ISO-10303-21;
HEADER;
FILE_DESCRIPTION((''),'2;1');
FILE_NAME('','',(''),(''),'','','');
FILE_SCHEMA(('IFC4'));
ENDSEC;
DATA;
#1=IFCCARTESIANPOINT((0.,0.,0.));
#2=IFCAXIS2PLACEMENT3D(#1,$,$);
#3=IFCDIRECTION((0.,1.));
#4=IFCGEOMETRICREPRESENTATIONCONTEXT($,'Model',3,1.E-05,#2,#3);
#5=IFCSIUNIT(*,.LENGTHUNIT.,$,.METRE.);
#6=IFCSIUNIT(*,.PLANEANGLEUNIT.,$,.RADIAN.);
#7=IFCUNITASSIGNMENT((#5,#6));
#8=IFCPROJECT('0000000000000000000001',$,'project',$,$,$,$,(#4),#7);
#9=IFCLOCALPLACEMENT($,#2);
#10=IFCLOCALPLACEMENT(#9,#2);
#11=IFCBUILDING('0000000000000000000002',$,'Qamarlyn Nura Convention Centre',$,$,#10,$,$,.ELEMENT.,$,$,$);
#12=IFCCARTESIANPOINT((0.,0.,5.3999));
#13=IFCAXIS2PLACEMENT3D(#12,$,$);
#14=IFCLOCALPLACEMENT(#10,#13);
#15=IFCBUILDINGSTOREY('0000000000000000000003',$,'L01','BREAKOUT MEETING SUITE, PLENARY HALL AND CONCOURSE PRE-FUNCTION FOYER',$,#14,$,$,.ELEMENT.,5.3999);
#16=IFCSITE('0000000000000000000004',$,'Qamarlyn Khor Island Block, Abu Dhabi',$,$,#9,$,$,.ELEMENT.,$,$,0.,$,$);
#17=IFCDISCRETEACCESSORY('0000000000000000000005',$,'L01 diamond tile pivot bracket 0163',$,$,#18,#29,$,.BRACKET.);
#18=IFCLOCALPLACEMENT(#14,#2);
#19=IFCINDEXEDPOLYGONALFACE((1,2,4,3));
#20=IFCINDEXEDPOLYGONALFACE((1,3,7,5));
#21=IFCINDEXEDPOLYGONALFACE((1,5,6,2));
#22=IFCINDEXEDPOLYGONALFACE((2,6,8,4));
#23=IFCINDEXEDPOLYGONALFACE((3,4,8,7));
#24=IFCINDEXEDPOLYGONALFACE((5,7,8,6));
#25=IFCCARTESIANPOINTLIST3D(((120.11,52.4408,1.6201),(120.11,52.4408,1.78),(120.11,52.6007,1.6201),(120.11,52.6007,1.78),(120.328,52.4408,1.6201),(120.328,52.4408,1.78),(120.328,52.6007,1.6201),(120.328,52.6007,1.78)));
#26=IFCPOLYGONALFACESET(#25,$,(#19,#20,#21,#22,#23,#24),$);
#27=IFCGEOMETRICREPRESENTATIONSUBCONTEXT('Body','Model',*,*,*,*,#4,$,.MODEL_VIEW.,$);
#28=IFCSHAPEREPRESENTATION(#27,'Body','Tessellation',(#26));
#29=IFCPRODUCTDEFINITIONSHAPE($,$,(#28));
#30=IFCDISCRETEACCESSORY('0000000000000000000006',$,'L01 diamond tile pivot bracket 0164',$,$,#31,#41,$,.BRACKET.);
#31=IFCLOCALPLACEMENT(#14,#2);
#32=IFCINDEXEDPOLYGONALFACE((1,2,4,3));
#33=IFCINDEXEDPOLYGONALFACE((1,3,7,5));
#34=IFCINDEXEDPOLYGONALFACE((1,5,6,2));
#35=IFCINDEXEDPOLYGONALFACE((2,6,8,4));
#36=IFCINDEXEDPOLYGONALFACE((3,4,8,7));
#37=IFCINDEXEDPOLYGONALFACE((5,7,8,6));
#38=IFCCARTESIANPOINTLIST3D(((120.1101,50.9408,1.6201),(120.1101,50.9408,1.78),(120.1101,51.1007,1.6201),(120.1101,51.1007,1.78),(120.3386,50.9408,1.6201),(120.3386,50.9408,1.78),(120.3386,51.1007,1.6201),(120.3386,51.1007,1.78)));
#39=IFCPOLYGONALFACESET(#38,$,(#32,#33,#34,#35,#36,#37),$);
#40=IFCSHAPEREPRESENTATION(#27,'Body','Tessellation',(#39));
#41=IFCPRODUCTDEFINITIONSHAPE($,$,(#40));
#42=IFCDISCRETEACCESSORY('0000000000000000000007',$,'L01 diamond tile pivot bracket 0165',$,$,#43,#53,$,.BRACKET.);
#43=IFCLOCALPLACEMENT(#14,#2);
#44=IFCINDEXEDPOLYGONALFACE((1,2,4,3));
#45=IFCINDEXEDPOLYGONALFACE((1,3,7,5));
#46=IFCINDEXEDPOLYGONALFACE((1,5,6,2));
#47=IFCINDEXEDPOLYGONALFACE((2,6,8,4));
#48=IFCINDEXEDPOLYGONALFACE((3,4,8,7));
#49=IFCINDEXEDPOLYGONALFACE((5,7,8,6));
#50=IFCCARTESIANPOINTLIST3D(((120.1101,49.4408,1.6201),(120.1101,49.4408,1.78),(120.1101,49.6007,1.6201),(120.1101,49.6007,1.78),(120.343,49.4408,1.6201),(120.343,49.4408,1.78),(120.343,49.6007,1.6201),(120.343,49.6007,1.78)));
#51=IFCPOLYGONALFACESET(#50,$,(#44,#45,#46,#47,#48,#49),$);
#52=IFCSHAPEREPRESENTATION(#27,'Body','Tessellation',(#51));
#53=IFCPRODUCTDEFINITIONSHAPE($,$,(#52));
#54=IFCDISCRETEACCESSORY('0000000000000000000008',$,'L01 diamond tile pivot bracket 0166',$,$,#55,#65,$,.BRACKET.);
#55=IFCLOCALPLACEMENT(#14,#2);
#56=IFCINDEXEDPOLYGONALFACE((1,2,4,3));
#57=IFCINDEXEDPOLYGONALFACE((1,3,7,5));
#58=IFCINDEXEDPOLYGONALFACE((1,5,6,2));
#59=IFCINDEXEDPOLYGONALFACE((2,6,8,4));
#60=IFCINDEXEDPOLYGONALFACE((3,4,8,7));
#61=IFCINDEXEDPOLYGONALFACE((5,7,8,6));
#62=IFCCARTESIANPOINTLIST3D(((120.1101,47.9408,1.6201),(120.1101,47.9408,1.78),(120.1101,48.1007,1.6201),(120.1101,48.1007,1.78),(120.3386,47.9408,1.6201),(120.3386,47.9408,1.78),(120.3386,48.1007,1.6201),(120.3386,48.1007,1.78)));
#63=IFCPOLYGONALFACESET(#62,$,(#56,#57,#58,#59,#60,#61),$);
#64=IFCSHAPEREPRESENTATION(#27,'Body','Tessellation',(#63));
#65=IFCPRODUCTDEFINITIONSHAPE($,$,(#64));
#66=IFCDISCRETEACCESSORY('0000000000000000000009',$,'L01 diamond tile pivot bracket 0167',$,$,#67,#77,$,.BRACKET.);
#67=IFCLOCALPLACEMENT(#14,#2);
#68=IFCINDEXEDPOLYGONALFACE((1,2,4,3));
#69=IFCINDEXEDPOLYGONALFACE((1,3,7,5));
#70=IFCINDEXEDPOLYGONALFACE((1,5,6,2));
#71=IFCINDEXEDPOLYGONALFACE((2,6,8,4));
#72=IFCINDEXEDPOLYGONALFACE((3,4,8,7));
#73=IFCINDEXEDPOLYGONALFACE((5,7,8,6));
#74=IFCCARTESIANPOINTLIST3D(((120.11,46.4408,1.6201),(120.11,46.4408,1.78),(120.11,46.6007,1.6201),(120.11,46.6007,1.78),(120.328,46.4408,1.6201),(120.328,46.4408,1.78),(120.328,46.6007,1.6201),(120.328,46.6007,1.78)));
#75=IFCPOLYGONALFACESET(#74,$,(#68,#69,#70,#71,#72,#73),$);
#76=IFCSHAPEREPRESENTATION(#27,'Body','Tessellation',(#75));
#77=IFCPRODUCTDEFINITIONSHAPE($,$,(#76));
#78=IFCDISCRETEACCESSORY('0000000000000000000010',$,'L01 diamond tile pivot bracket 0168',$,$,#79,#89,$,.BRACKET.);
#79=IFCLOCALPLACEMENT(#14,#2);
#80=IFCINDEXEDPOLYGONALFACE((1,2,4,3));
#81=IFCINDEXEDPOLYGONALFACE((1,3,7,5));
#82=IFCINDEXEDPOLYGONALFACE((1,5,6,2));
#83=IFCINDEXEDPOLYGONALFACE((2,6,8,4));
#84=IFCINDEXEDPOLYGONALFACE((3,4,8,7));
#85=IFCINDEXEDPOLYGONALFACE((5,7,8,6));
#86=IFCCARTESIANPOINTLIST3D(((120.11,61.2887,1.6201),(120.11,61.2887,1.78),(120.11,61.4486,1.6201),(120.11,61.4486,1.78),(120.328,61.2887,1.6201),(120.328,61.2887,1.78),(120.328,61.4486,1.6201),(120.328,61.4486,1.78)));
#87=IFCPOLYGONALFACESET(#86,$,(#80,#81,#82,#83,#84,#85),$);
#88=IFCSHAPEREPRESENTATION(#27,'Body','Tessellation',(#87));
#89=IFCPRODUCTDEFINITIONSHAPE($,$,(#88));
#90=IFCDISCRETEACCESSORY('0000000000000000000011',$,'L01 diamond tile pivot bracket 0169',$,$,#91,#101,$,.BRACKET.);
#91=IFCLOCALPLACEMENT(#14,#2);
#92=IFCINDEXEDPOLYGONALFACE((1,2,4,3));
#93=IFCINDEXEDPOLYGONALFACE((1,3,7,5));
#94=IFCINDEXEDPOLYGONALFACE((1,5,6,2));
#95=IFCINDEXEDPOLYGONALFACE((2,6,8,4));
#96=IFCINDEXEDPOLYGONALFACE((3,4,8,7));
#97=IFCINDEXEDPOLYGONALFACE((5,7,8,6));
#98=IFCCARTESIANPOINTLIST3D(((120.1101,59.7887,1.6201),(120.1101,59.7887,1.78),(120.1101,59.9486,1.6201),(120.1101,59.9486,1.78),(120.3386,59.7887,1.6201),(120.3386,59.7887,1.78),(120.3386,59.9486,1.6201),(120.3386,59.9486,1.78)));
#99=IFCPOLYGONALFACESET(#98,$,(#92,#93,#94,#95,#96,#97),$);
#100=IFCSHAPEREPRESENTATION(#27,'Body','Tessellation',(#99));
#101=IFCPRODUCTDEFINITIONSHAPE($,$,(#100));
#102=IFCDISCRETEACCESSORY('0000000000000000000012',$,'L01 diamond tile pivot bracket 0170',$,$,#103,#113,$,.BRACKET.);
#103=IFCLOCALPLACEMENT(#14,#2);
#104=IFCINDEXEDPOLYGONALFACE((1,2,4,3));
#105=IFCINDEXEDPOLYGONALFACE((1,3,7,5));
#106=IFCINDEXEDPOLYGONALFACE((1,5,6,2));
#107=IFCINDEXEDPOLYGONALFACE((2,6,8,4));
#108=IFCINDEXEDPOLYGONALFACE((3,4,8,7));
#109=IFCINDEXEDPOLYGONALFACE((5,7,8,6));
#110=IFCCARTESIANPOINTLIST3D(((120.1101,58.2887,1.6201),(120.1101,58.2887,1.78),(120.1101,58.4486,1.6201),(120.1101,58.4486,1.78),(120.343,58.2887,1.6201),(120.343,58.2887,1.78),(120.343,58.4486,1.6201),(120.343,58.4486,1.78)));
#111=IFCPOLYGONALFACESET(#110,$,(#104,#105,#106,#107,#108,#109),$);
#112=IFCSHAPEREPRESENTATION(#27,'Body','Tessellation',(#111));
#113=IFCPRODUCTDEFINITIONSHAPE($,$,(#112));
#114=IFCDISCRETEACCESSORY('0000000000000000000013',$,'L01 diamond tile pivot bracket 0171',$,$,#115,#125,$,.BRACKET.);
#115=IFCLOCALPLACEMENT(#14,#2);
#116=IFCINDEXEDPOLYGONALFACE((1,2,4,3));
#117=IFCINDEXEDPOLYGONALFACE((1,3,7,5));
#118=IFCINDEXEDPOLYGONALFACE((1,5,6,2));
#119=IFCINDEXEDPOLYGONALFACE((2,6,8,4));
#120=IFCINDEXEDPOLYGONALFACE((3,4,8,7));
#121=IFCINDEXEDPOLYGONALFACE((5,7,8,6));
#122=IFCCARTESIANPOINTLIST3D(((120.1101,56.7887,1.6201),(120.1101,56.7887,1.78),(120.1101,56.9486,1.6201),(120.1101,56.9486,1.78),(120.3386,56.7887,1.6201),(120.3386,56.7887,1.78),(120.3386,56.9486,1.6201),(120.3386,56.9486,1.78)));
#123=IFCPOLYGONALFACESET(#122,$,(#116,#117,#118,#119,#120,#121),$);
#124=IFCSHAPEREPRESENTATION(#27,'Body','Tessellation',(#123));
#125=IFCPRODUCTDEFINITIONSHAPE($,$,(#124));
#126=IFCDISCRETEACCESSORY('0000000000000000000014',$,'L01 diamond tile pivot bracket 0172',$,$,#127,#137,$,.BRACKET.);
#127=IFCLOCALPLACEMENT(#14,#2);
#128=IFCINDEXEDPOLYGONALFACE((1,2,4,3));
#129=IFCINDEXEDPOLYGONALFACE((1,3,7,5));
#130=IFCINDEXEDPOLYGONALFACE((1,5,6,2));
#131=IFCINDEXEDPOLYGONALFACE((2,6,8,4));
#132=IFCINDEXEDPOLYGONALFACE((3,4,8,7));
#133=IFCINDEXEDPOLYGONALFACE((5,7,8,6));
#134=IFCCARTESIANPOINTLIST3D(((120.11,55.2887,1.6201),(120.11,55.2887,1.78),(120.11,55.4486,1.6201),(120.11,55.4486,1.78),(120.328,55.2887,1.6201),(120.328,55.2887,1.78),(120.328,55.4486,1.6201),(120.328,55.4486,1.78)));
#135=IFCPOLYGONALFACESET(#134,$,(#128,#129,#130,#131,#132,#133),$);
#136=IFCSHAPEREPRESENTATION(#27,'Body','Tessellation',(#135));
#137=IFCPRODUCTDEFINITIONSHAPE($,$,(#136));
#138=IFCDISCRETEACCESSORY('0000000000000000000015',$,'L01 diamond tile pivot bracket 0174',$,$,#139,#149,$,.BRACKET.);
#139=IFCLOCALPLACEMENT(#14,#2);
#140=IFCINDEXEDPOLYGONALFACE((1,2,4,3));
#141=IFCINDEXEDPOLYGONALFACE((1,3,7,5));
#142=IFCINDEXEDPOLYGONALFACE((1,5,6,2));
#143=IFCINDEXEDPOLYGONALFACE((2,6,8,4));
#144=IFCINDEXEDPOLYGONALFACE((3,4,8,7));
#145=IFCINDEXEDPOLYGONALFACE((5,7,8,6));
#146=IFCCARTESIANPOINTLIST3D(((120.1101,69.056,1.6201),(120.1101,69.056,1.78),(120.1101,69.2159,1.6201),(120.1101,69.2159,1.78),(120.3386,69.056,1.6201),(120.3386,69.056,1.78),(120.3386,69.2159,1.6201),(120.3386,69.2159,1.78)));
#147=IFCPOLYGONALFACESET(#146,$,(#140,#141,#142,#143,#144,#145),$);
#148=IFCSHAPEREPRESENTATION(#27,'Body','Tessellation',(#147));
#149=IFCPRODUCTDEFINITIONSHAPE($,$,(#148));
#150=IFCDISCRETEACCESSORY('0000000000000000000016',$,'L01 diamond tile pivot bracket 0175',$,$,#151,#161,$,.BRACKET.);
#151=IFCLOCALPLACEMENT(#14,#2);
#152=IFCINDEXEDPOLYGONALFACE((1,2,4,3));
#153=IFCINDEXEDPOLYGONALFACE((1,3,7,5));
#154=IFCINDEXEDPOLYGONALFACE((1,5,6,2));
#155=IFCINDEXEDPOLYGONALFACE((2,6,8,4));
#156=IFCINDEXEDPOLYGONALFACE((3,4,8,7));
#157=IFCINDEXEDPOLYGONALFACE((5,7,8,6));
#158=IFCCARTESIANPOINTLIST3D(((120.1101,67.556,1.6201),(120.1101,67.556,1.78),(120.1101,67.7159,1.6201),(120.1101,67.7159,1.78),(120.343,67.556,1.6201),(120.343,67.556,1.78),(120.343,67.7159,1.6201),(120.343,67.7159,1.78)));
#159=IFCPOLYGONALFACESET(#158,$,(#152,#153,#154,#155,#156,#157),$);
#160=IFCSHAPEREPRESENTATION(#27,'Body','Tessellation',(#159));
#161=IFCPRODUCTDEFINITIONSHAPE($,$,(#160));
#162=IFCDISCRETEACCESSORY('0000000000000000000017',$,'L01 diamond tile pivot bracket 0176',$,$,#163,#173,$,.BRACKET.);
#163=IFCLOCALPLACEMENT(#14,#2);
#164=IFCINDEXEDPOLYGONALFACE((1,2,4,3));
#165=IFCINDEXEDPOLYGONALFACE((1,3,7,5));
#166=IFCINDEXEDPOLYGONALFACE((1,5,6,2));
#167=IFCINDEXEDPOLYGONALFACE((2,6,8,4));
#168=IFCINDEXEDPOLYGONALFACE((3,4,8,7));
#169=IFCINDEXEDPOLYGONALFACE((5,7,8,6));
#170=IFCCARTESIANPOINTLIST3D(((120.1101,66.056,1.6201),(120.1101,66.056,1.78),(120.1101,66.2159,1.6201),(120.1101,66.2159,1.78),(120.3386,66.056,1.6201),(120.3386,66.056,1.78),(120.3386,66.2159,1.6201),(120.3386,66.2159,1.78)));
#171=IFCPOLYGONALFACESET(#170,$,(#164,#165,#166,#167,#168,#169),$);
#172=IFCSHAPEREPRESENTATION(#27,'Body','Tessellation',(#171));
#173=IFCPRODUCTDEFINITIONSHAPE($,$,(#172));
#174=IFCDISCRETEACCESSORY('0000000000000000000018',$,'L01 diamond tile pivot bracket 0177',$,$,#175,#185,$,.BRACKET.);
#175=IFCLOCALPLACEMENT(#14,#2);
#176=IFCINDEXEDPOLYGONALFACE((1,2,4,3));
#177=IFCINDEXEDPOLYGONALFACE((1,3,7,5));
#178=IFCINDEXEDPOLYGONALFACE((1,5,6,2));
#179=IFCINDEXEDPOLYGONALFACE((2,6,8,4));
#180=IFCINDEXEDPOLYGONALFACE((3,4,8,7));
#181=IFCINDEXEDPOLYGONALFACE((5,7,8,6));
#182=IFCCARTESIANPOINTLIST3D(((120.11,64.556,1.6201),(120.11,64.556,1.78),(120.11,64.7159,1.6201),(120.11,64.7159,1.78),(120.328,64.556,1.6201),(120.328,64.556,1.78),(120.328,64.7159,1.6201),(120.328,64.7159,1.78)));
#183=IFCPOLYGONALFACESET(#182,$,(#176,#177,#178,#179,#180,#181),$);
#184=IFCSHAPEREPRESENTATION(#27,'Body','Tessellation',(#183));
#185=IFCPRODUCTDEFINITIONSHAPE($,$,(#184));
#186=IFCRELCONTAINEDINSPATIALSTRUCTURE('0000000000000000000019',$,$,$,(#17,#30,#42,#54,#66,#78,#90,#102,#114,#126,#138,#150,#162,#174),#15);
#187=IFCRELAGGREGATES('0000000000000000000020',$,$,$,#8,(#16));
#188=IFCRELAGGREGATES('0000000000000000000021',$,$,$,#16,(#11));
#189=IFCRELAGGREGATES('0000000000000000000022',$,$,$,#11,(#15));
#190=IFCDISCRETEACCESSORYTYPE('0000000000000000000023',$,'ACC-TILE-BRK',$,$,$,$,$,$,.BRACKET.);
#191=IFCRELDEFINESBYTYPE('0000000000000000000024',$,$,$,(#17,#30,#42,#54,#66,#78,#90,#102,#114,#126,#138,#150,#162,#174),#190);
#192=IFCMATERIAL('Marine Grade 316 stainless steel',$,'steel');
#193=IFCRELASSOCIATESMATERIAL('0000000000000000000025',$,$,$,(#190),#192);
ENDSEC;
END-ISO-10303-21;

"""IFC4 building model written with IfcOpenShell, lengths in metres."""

from ifc_helpers import new_model, si_unit, direction, frame, origin, origin_2d, place, context, subcontext, project, spatial, rectangle, extrude, material, type_object, element, save


model = new_model("IFC4")

# Units and contexts
model_context = context("Model", 3, precision=1e-05, world=origin(), true_north=direction((0.0, 1.0)))
body_context = subcontext(model_context, "Body", "Model", "MODEL_VIEW")
ifc_project = project(units=[si_unit("LENGTHUNIT", "METRE"), si_unit("PLANEANGLEUNIT", "RADIAN")], contexts=[model_context])

# Site, building, storey
site_placement = place(None, origin())
site = spatial("IfcSite", under=ifc_project, at=site_placement, Name="Qamarlyn Khor Island Block, Abu Dhabi", CompositionType="ELEMENT", RefElevation=0.0)
building_placement = place(site_placement, origin())
building = spatial("IfcBuilding", under=site, at=building_placement, Name="Qamarlyn Nura Convention Centre", CompositionType="ELEMENT")
storey_placement = place(building_placement, frame((0.0, 0.0, 5.3999)))
storey = spatial("IfcBuildingStorey", under=building, at=storey_placement, Name="L01", Description="BREAKOUT MEETING SUITE, PLENARY HALL AND CONCOURSE PRE-FUNCTION FOYER", CompositionType="ELEMENT", Elevation=5.3999)

# Discrete accessories
ifc_material_1 = material(Name="Marine Grade 316 stainless steel", Category="steel")
discrete_accessory_type_1 = type_object("IfcDiscreteAccessoryType", Name="ACC-TILE-BRK", PredefinedType="BRACKET", material=ifc_material_1)
discrete_accessory_1_placement = place(storey_placement, frame((120.219, 52.5208, 1.6201), z_axis=(0.0, 0.0, 1.0), x_axis=(1.0, 0.0, 0.0)))
element("IfcDiscreteAccessory", 1, at=discrete_accessory_1_placement, inside=storey, type_object=discrete_accessory_type_1, Name="L01 diamond tile pivot bracket 0163", PredefinedType="BRACKET", context=body_context, shape_type="SweptSolid", body=[
    extrude(rectangle(XDim=0.218, YDim=0.1599, at=origin_2d()), origin(), (0.0, 0.0, 1.0), 0.1599),
])
discrete_accessory_2_placement = place(storey_placement, frame((120.2244, 51.0208, 1.6201), z_axis=(0.0, 0.0, 1.0), x_axis=(1.0, 0.0, 0.0)))
element("IfcDiscreteAccessory", 2, at=discrete_accessory_2_placement, inside=storey, type_object=discrete_accessory_type_1, Name="L01 diamond tile pivot bracket 0164", PredefinedType="BRACKET", context=body_context, shape_type="SweptSolid", body=[
    extrude(rectangle(XDim=0.2285, YDim=0.1599, at=origin_2d()), origin(), (0.0, 0.0, 1.0), 0.1599),
])
discrete_accessory_3_placement = place(storey_placement, frame((120.2266, 49.5208, 1.6201), z_axis=(0.0, 0.0, 1.0), x_axis=(1.0, 0.0, 0.0)))
element("IfcDiscreteAccessory", 3, at=discrete_accessory_3_placement, inside=storey, type_object=discrete_accessory_type_1, Name="L01 diamond tile pivot bracket 0165", PredefinedType="BRACKET", context=body_context, shape_type="SweptSolid", body=[
    extrude(rectangle(XDim=0.2329, YDim=0.1599, at=origin_2d()), origin(), (0.0, 0.0, 1.0), 0.1599),
])
discrete_accessory_4_placement = place(storey_placement, frame((120.2244, 48.0208, 1.6201), z_axis=(0.0, 0.0, 1.0), x_axis=(1.0, 0.0, 0.0)))
element("IfcDiscreteAccessory", 4, at=discrete_accessory_4_placement, inside=storey, type_object=discrete_accessory_type_1, Name="L01 diamond tile pivot bracket 0166", PredefinedType="BRACKET", context=body_context, shape_type="SweptSolid", body=[
    extrude(rectangle(XDim=0.2285, YDim=0.1599, at=origin_2d()), origin(), (0.0, 0.0, 1.0), 0.1599),
])
for number, where, z_axis, x_axis, name in (
    (5, (120.219, 46.5208, 1.6201), (0.0, 0.0, 1.0), (1.0, 0.0, 0.0), "L01 diamond tile pivot bracket 0167"),
    (6, (120.219, 61.3687, 1.6201), (0.0, 0.0, 1.0), (1.0, 0.0, 0.0), "L01 diamond tile pivot bracket 0168"),
):
    element("IfcDiscreteAccessory", number, at=place(storey_placement, frame(where, z_axis=z_axis, x_axis=x_axis)), inside=storey, type_object=discrete_accessory_type_1, Name=name, PredefinedType="BRACKET", context=body_context, shape_type="SweptSolid", body=[
        extrude(rectangle(XDim=0.218, YDim=0.1599, at=origin_2d()), origin(), (0.0, 0.0, 1.0), 0.1599),
    ])
discrete_accessory_5_placement = place(storey_placement, frame((120.2244, 59.8687, 1.6201), z_axis=(0.0, 0.0, 1.0), x_axis=(1.0, 0.0, 0.0)))
element("IfcDiscreteAccessory", 7, at=discrete_accessory_5_placement, inside=storey, type_object=discrete_accessory_type_1, Name="L01 diamond tile pivot bracket 0169", PredefinedType="BRACKET", context=body_context, shape_type="SweptSolid", body=[
    extrude(rectangle(XDim=0.2285, YDim=0.1599, at=origin_2d()), origin(), (0.0, 0.0, 1.0), 0.1599),
])
discrete_accessory_6_placement = place(storey_placement, frame((120.2266, 58.3687, 1.6201), z_axis=(0.0, 0.0, 1.0), x_axis=(1.0, 0.0, 0.0)))
element("IfcDiscreteAccessory", 8, at=discrete_accessory_6_placement, inside=storey, type_object=discrete_accessory_type_1, Name="L01 diamond tile pivot bracket 0170", PredefinedType="BRACKET", context=body_context, shape_type="SweptSolid", body=[
    extrude(rectangle(XDim=0.2329, YDim=0.1599, at=origin_2d()), origin(), (0.0, 0.0, 1.0), 0.1599),
])
discrete_accessory_7_placement = place(storey_placement, frame((120.2244, 56.8687, 1.6201), z_axis=(0.0, 0.0, 1.0), x_axis=(1.0, 0.0, 0.0)))
element("IfcDiscreteAccessory", 9, at=discrete_accessory_7_placement, inside=storey, type_object=discrete_accessory_type_1, Name="L01 diamond tile pivot bracket 0171", PredefinedType="BRACKET", context=body_context, shape_type="SweptSolid", body=[
    extrude(rectangle(XDim=0.2285, YDim=0.1599, at=origin_2d()), origin(), (0.0, 0.0, 1.0), 0.1599),
])
discrete_accessory_8_placement = place(storey_placement, frame((120.219, 55.3687, 1.6201), z_axis=(0.0, 0.0, 1.0), x_axis=(1.0, 0.0, 0.0)))
element("IfcDiscreteAccessory", 10, at=discrete_accessory_8_placement, inside=storey, type_object=discrete_accessory_type_1, Name="L01 diamond tile pivot bracket 0172", PredefinedType="BRACKET", context=body_context, shape_type="SweptSolid", body=[
    extrude(rectangle(XDim=0.218, YDim=0.1599, at=origin_2d()), origin(), (0.0, 0.0, 1.0), 0.1599),
])
discrete_accessory_9_placement = place(storey_placement, frame((120.2244, 69.136, 1.6201), z_axis=(0.0, 0.0, 1.0), x_axis=(1.0, 0.0, 0.0)))
element("IfcDiscreteAccessory", 11, at=discrete_accessory_9_placement, inside=storey, type_object=discrete_accessory_type_1, Name="L01 diamond tile pivot bracket 0174", PredefinedType="BRACKET", context=body_context, shape_type="SweptSolid", body=[
    extrude(rectangle(XDim=0.2285, YDim=0.1599, at=origin_2d()), origin(), (0.0, 0.0, 1.0), 0.1599),
])
discrete_accessory_10_placement = place(storey_placement, frame((120.2266, 67.636, 1.6201), z_axis=(0.0, 0.0, 1.0), x_axis=(1.0, 0.0, 0.0)))
element("IfcDiscreteAccessory", 12, at=discrete_accessory_10_placement, inside=storey, type_object=discrete_accessory_type_1, Name="L01 diamond tile pivot bracket 0175", PredefinedType="BRACKET", context=body_context, shape_type="SweptSolid", body=[
    extrude(rectangle(XDim=0.2329, YDim=0.1599, at=origin_2d()), origin(), (0.0, 0.0, 1.0), 0.1599),
])
discrete_accessory_11_placement = place(storey_placement, frame((120.2244, 66.136, 1.6201), z_axis=(0.0, 0.0, 1.0), x_axis=(1.0, 0.0, 0.0)))
element("IfcDiscreteAccessory", 13, at=discrete_accessory_11_placement, inside=storey, type_object=discrete_accessory_type_1, Name="L01 diamond tile pivot bracket 0176", PredefinedType="BRACKET", context=body_context, shape_type="SweptSolid", body=[
    extrude(rectangle(XDim=0.2285, YDim=0.1599, at=origin_2d()), origin(), (0.0, 0.0, 1.0), 0.1599),
])
discrete_accessory_12_placement = place(storey_placement, frame((120.219, 64.636, 1.6201), z_axis=(0.0, 0.0, 1.0), x_axis=(1.0, 0.0, 0.0)))
element("IfcDiscreteAccessory", 14, at=discrete_accessory_12_placement, inside=storey, type_object=discrete_accessory_type_1, Name="L01 diamond tile pivot bracket 0177", PredefinedType="BRACKET", context=body_context, shape_type="SweptSolid", body=[
    extrude(rectangle(XDim=0.218, YDim=0.1599, at=origin_2d()), origin(), (0.0, 0.0, 1.0), 0.1599),
])

save(model, "model.ifc")
